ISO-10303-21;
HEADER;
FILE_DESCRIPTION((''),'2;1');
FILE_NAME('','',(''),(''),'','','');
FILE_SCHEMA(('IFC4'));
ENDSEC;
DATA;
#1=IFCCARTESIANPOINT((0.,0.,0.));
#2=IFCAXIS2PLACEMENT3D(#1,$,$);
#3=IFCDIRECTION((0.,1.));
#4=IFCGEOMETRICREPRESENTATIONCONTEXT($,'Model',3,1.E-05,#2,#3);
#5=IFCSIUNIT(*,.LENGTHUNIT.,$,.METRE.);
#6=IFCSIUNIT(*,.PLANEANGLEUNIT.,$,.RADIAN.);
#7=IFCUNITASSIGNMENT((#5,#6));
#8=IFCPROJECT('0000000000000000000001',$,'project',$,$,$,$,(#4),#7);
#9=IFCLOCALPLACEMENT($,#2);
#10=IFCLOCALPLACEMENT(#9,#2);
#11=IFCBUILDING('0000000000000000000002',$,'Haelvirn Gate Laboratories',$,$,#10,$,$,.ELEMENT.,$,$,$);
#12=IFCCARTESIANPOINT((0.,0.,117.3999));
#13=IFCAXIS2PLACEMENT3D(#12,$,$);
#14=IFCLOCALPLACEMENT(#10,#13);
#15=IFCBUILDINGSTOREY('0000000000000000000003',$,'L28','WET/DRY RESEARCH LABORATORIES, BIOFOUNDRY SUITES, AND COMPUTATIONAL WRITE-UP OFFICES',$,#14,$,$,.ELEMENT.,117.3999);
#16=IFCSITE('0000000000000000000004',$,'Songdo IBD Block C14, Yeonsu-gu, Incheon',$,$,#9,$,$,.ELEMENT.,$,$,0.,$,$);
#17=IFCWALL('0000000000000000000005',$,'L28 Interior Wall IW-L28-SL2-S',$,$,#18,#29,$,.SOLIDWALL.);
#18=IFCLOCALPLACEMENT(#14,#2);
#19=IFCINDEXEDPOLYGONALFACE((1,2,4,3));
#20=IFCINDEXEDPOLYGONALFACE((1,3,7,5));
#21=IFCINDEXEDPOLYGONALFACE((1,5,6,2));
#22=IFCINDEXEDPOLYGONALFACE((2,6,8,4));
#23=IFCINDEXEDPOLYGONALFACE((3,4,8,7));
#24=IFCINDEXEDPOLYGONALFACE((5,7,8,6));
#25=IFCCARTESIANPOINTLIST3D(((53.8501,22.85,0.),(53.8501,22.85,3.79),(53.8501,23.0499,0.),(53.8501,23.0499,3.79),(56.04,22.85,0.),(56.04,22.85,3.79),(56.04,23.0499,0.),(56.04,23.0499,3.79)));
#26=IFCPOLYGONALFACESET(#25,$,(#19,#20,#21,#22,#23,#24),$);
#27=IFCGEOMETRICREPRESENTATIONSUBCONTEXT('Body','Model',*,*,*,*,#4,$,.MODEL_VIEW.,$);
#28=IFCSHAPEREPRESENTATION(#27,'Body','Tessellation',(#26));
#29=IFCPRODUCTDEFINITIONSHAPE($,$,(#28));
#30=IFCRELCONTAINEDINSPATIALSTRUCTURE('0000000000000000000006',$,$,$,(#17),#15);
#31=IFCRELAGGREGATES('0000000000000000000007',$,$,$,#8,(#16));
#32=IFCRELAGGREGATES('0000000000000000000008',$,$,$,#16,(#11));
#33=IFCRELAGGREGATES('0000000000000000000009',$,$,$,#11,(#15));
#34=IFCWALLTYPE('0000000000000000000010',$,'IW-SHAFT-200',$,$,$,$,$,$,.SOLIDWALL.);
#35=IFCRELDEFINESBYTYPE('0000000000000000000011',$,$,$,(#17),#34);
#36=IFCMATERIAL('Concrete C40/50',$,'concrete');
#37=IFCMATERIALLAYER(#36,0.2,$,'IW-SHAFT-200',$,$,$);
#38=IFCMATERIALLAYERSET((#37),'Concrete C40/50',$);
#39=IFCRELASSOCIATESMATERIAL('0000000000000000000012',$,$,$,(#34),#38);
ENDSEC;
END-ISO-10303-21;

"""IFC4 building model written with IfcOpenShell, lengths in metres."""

from ifc_helpers import new_model, si_unit, direction, frame, frame_2d, origin, place, context, subcontext, project, spatial, rectangle, extrude, material, layer, layer_set, type_object, element, save


model = new_model("IFC4")

# Units and contexts
model_context = context("Model", 3, precision=1e-05, world=origin(), true_north=direction((0.0, 1.0)))
body_context = subcontext(model_context, "Body", "Model", "MODEL_VIEW")
ifc_project = project(units=[si_unit("LENGTHUNIT", "METRE"), si_unit("PLANEANGLEUNIT", "RADIAN")], contexts=[model_context])

# Site, building, storey
site_placement = place(None, origin())
site = spatial("IfcSite", under=ifc_project, at=site_placement, Name="Songdo IBD Block C14, Yeonsu-gu, Incheon", CompositionType="ELEMENT", RefElevation=0.0)
building_placement = place(site_placement, origin())
building = spatial("IfcBuilding", under=site, at=building_placement, Name="Haelvirn Gate Laboratories", CompositionType="ELEMENT")
storey_placement = place(building_placement, frame((0.0, 0.0, 117.3999)))
storey = spatial("IfcBuildingStorey", under=building, at=storey_placement, Name="L28", Description="WET/DRY RESEARCH LABORATORIES, BIOFOUNDRY SUITES, AND COMPUTATIONAL WRITE-UP OFFICES", CompositionType="ELEMENT", Elevation=117.3999)

# Wall
ifc_material_1 = material(Name="Concrete C40/50", Category="concrete")
ifc_layer_1 = layer(ifc_material_1, 0.2, Name="IW-SHAFT-200")
ifc_layer_set_1 = layer_set([ifc_layer_1], Name="Concrete C40/50")
wall_type_1 = type_object("IfcWallType", Name="IW-SHAFT-200", PredefinedType="SOLIDWALL", material=ifc_layer_set_1)
for number, where, z_axis, x_axis, name in (
    (1, (53.8501, 22.95, 0.0), (0.0, 0.0, 1.0), (1.0, 0.0, 0.0), "L28 Interior Wall IW-L28-SL2-S"),
):
    element("IfcWall", number, at=place(storey_placement, frame(where, z_axis=z_axis, x_axis=x_axis)), inside=storey, type_object=wall_type_1, Name=name, PredefinedType="SOLIDWALL", context=body_context, shape_type="SweptSolid", body=[
        extrude(rectangle(XDim=2.1899, YDim=0.2, at=frame_2d((1.095, 0.0))), origin(), (0.0, 0.0, 1.0), 3.79),
    ])

save(model, "model.ifc")
